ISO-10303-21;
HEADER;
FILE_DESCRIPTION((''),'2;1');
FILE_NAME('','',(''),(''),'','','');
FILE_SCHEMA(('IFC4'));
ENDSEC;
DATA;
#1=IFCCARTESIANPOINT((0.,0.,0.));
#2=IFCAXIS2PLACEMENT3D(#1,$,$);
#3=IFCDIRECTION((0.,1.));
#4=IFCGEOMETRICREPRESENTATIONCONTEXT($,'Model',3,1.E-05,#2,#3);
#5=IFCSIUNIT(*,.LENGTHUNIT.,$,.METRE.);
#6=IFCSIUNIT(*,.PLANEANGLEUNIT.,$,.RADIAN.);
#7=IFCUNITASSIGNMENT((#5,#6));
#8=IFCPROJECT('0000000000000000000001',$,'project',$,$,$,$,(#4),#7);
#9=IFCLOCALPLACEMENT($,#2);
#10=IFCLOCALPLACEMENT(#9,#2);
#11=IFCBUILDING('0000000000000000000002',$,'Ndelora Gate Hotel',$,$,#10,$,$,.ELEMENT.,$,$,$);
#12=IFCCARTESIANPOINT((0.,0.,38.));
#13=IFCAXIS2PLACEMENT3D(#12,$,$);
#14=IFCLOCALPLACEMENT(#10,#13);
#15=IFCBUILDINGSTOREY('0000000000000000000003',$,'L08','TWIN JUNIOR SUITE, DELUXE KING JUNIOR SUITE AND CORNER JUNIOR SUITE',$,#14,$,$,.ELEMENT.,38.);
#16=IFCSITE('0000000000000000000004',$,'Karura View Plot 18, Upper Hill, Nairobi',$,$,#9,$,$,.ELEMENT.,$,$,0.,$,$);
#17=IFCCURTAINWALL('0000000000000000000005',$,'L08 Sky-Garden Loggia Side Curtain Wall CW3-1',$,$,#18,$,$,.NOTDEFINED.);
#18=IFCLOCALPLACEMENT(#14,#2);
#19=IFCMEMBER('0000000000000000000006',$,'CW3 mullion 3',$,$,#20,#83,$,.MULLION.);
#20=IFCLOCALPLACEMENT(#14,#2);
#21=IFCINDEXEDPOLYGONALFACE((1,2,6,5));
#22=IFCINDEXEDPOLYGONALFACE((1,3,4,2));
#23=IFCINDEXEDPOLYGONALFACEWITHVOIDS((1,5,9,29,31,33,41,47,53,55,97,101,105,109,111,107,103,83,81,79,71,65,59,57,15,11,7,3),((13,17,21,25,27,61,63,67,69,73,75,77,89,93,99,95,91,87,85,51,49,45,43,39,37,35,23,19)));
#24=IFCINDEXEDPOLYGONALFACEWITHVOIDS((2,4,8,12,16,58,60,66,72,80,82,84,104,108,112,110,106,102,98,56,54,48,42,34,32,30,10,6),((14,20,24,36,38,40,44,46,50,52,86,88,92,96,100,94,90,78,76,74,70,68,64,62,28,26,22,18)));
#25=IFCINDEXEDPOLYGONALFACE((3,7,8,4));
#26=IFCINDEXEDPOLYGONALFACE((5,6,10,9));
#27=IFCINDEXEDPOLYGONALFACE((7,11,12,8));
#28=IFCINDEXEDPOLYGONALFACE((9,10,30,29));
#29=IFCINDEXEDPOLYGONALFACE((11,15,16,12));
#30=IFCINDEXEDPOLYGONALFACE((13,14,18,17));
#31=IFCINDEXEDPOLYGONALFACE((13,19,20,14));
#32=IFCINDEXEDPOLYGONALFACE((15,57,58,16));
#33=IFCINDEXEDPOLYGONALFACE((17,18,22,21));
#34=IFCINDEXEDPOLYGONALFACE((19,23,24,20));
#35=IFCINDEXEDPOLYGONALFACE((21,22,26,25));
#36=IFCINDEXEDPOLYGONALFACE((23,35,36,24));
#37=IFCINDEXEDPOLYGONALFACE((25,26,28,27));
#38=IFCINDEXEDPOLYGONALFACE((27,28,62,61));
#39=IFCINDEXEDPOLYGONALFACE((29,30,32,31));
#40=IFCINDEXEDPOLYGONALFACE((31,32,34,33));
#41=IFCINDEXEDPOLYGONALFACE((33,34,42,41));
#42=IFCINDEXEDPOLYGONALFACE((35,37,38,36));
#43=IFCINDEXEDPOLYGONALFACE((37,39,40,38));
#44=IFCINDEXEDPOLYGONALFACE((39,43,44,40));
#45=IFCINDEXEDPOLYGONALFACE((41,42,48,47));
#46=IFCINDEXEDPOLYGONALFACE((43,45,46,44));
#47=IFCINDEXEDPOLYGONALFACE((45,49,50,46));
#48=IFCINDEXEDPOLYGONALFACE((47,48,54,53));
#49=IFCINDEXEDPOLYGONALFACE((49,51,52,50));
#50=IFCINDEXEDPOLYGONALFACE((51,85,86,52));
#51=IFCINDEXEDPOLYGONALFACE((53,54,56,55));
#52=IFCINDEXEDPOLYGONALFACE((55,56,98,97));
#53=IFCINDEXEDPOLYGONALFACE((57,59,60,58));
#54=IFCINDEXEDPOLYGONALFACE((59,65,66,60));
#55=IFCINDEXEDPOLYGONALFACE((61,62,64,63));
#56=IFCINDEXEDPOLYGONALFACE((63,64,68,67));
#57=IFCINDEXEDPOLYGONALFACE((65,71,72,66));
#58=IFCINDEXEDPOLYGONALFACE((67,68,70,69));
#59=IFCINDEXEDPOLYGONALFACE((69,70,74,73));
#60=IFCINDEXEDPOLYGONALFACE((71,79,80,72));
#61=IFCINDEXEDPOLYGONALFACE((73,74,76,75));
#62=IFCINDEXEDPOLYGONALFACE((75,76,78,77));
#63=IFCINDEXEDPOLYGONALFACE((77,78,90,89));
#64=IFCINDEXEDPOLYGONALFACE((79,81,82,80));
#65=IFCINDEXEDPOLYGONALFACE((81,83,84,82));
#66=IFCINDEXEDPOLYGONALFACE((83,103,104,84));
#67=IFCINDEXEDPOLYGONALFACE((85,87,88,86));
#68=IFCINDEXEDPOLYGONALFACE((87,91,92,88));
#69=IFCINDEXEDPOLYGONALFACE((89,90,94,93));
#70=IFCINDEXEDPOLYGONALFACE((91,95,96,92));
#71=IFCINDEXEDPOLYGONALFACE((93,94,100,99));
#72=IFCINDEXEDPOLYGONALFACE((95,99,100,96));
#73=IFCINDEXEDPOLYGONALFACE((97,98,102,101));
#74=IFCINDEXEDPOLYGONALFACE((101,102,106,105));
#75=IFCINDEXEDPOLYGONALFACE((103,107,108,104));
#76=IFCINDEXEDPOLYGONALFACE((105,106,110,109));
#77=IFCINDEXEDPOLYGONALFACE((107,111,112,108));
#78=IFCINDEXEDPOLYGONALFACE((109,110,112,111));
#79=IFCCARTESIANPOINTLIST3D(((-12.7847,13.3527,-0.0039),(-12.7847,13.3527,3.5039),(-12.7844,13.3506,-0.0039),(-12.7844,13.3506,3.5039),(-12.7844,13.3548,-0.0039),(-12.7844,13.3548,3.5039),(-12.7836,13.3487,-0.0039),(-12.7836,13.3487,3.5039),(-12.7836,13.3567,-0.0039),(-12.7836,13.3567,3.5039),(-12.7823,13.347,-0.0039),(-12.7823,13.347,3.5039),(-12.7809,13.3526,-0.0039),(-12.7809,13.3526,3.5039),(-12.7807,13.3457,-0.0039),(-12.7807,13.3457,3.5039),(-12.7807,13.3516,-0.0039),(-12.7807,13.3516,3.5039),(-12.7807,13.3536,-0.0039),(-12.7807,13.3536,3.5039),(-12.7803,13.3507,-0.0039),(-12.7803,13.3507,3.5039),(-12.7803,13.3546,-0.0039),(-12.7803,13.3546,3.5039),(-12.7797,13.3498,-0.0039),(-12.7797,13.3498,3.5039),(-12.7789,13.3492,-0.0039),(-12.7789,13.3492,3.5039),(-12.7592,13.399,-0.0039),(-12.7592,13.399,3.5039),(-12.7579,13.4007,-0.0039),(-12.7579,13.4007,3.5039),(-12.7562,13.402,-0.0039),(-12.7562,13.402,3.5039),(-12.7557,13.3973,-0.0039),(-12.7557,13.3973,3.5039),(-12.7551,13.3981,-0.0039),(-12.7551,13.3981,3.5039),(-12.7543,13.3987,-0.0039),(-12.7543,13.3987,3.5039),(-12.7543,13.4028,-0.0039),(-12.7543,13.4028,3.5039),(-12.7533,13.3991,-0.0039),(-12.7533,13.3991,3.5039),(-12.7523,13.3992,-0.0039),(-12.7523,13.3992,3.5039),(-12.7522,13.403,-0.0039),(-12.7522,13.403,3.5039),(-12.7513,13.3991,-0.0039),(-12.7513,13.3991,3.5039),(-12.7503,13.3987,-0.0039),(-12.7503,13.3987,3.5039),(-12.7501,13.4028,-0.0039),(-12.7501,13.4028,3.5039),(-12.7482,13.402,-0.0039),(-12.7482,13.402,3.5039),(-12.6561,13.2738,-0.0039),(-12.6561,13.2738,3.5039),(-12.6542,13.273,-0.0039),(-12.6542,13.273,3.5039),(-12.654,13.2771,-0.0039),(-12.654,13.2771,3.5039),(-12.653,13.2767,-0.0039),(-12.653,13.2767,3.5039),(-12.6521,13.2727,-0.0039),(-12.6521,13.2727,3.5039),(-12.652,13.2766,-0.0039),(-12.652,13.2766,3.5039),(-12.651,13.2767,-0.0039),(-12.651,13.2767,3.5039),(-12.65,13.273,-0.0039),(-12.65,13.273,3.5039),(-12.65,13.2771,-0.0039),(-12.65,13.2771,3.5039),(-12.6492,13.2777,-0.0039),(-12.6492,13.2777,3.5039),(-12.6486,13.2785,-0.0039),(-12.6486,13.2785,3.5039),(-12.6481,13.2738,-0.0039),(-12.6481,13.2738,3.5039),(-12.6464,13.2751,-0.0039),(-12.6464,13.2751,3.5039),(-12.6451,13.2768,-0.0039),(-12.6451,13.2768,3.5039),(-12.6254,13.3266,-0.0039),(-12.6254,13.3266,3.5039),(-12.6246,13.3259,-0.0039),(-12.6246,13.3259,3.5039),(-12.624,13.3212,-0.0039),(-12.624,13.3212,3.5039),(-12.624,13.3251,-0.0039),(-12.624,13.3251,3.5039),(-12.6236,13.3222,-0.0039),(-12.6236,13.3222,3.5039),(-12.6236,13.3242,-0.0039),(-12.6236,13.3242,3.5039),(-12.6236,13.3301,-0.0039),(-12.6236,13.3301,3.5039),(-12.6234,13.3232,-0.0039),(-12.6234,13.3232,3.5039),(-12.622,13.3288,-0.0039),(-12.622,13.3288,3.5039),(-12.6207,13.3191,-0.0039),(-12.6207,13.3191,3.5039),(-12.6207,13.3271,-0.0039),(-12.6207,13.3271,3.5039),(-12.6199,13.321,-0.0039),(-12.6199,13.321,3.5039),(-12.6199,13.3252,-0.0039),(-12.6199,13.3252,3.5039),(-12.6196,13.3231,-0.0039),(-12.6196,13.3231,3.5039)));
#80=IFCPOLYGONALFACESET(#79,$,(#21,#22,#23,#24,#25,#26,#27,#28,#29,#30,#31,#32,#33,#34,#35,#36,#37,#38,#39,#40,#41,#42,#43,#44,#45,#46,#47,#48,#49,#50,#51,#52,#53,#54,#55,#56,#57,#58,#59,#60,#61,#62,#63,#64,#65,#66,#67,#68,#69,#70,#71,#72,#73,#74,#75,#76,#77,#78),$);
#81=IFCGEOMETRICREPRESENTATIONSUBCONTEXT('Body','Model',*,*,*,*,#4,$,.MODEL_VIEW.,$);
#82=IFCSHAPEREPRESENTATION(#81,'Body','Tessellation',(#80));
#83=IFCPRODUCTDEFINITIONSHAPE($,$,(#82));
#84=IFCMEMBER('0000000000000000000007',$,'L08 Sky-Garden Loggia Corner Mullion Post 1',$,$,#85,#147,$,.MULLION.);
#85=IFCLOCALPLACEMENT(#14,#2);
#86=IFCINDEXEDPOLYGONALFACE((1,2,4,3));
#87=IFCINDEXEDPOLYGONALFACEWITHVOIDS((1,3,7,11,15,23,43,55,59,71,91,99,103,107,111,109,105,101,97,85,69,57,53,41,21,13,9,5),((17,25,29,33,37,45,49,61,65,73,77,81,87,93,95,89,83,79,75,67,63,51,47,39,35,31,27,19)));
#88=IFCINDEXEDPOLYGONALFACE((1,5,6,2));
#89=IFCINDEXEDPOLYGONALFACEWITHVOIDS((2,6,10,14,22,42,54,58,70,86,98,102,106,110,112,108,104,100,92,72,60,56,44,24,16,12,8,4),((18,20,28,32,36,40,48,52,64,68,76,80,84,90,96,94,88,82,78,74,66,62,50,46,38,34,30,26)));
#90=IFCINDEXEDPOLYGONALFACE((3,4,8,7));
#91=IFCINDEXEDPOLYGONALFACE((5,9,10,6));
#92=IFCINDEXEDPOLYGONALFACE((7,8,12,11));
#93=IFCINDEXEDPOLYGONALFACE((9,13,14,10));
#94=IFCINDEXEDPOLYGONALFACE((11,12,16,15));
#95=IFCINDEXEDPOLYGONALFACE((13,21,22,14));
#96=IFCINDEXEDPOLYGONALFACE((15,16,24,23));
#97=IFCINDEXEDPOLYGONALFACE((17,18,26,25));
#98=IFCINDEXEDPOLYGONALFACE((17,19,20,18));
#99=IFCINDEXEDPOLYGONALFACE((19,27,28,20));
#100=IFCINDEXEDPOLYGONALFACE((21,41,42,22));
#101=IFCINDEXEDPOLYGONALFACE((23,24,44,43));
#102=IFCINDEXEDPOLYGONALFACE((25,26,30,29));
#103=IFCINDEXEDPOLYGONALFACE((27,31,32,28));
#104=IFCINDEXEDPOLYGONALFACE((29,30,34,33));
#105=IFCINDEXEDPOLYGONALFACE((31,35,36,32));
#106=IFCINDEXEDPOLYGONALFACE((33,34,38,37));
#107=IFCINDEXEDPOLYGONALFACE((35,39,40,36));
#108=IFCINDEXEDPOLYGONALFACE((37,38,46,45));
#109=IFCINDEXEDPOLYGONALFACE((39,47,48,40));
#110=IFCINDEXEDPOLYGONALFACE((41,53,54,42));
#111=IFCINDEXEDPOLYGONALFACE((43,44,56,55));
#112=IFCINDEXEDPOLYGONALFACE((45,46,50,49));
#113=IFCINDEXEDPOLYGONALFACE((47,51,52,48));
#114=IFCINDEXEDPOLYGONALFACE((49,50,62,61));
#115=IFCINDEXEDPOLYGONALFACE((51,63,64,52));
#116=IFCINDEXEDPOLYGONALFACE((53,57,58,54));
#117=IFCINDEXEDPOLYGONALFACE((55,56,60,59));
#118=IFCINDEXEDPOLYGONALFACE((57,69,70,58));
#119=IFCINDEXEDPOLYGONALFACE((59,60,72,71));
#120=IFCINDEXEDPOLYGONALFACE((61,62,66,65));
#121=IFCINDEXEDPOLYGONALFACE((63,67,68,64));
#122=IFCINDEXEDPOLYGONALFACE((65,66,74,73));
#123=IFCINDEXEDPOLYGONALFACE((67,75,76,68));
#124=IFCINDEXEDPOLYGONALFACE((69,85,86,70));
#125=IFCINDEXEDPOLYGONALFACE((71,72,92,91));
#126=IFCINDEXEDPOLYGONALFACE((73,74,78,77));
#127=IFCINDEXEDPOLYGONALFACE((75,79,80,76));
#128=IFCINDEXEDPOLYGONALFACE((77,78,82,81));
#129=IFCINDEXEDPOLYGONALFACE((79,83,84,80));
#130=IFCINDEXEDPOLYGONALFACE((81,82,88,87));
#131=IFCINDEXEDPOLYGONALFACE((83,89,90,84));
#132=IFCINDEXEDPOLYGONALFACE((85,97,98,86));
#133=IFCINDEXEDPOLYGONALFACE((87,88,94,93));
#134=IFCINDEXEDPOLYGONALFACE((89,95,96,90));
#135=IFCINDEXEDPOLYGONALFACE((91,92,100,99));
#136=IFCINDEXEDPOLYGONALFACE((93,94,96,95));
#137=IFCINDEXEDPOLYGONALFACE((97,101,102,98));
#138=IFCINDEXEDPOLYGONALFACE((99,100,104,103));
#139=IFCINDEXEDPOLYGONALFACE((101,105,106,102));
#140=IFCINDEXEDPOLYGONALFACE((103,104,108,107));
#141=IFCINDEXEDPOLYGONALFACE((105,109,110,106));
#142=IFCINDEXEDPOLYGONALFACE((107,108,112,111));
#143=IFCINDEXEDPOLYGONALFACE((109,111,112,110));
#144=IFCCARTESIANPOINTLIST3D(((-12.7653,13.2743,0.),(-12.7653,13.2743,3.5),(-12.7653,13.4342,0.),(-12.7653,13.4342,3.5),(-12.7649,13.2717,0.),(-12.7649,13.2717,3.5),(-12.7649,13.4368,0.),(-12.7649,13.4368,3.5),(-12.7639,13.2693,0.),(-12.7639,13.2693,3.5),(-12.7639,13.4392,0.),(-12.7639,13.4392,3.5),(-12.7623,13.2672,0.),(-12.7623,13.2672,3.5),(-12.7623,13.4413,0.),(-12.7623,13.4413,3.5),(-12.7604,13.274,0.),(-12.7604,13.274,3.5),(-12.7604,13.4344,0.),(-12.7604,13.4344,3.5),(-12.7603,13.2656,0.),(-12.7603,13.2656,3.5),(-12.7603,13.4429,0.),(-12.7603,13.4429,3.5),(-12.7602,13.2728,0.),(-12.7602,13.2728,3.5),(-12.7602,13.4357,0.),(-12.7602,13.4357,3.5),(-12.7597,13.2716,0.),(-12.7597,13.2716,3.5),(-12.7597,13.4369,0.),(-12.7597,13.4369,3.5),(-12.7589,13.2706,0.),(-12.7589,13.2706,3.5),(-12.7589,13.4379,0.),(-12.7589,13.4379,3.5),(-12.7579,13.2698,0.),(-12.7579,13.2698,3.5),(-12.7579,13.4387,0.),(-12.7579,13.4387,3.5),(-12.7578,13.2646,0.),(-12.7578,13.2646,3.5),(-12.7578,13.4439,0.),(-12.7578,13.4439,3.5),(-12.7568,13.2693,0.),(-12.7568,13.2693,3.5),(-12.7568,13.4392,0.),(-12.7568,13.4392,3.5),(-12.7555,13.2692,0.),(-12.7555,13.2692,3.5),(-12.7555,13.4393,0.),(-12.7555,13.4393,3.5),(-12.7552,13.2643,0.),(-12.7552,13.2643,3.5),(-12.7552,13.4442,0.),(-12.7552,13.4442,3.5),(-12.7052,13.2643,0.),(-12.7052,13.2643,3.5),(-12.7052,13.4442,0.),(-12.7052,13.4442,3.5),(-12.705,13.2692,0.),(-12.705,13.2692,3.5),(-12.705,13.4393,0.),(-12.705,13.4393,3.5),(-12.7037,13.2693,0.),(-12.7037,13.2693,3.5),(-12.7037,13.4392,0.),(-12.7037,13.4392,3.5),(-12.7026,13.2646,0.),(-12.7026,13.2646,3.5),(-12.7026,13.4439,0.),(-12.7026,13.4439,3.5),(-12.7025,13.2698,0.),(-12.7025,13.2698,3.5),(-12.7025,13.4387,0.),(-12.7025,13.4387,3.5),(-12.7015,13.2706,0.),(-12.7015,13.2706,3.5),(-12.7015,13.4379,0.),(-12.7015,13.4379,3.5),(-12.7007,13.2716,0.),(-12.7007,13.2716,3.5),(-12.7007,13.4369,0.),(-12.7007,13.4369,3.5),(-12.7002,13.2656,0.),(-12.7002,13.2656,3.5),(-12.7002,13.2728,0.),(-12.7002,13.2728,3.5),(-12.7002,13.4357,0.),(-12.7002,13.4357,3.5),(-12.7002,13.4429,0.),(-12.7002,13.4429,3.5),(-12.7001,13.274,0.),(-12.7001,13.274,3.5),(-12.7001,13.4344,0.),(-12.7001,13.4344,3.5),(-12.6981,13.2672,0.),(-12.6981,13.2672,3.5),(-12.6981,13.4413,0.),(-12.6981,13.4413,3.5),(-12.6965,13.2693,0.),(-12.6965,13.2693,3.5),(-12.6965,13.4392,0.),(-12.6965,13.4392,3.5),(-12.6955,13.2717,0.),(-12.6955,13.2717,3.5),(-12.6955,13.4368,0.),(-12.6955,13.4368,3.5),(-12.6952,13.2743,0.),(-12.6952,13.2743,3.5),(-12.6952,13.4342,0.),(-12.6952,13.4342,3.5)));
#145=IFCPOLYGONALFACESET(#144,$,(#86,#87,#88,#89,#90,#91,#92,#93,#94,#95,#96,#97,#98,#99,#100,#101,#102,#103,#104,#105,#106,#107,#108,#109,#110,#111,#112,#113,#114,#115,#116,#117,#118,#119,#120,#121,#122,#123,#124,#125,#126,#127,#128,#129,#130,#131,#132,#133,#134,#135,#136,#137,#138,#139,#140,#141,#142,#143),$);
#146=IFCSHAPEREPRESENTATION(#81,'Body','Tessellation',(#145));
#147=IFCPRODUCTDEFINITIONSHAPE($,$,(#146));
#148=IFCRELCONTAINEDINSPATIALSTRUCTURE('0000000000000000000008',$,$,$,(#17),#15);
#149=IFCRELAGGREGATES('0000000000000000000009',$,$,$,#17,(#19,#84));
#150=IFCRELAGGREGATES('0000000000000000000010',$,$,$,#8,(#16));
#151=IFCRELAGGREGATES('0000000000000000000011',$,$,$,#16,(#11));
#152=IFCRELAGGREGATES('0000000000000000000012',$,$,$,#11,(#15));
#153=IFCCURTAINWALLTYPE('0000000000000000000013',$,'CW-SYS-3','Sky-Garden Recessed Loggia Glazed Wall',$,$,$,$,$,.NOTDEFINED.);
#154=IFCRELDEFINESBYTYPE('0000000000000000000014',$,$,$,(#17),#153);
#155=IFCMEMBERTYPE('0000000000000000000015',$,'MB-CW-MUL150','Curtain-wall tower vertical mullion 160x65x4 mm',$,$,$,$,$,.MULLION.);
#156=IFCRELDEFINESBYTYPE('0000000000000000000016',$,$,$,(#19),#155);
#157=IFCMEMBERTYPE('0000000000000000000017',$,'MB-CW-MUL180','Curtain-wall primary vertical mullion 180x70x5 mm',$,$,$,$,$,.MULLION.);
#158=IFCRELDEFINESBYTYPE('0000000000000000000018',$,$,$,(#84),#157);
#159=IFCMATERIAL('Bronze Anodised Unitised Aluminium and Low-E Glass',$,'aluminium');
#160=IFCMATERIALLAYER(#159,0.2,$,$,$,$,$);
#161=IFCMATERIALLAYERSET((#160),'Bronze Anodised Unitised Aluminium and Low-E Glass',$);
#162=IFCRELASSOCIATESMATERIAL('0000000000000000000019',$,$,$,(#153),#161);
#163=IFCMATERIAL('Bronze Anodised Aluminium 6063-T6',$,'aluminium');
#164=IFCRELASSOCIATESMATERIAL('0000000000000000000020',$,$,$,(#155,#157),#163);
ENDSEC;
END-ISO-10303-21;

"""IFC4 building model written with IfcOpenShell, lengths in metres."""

from ifc_helpers import new_model, si_unit, direction, frame, origin, origin_2d, place, context, subcontext, project, spatial, hollow_rectangle, extrude, material, layer, layer_set, material_profile, profile_set, type_object, element, aggregate, save


model = new_model("IFC4")

# Units and contexts
model_context = context("Model", 3, precision=1e-05, world=origin(), true_north=direction((0.0, 1.0)))
body_context = subcontext(model_context, "Body", "Model", "MODEL_VIEW")
ifc_project = project(units=[si_unit("LENGTHUNIT", "METRE"), si_unit("PLANEANGLEUNIT", "RADIAN")], contexts=[model_context])

# Site, building, storey
site_placement = place(None, origin())
site = spatial("IfcSite", under=ifc_project, at=site_placement, Name="Karura View Plot 18, Upper Hill, Nairobi", CompositionType="ELEMENT", RefElevation=0.0)
building_placement = place(site_placement, origin())
building = spatial("IfcBuilding", under=site, at=building_placement, Name="Ndelora Gate Hotel", CompositionType="ELEMENT")
storey_placement = place(building_placement, frame((0.0, 0.0, 38.0)))
storey = spatial("IfcBuildingStorey", under=building, at=storey_placement, Name="L08", Description="TWIN JUNIOR SUITE, DELUXE KING JUNIOR SUITE AND CORNER JUNIOR SUITE", CompositionType="ELEMENT", Elevation=38.0)

# Curtain wall, members
ifc_material_1 = material(Name="Bronze Anodised Unitised Aluminium and Low-E Glass", Category="aluminium")
ifc_layer_1 = layer(ifc_material_1, 0.2)
ifc_layer_set_1 = layer_set([ifc_layer_1], Name="Bronze Anodised Unitised Aluminium and Low-E Glass")
curtain_wall_type = type_object("IfcCurtainWallType", Name="CW-SYS-3", Description="Sky-Garden Recessed Loggia Glazed Wall", PredefinedType="NOTDEFINED", material=ifc_layer_set_1)
curtain_wall_placement = place(storey_placement, origin())
curtain_wall = element("IfcCurtainWall", 1, at=curtain_wall_placement, inside=storey, type_object=curtain_wall_type, Name="L08 Sky-Garden Loggia Side Curtain Wall CW3-1", PredefinedType="NOTDEFINED")
ifc_material_2 = material(Name="Bronze Anodised Aluminium 6063-T6", Category="aluminium")
ifc_material_profile_1 = material_profile(ifc_material_2, hollow_rectangle(XDim=0.0649, YDim=0.1599, WallThickness=0.0039, InnerFilletRadius=0.0039, OuterFilletRadius=0.0081, at=origin_2d()), Name="ALU 160x65x4")
ifc_profile_set_1 = profile_set([ifc_material_profile_1], Name="Bronze Anodised Aluminium 6063-T6")
member_type_1 = type_object("IfcMemberType", Name="MB-CW-MUL150", Description="Curtain-wall tower vertical mullion 160x65x4 mm", PredefinedType="MULLION", material=ifc_profile_set_1)
member_1_placement = place(storey_placement, frame((-12.7021, 13.3379, -0.0039), z_axis=(0.0, 0.0, 1.0), x_axis=(-0.499991, -0.86603, 0.0)))
member_1 = element("IfcMember", 2, at=member_1_placement, type_object=member_type_1, Name="CW3 mullion 3", PredefinedType="MULLION", context=body_context, shape_type="SweptSolid", body=[
    extrude(hollow_rectangle(XDim=0.0649, YDim=0.1599, WallThickness=0.0039, InnerFilletRadius=0.0039, OuterFilletRadius=0.0081, at=origin_2d()), origin(), (0.0, 0.0, 1.0), 3.5078),
])
ifc_material_profile_2 = material_profile(ifc_material_2, hollow_rectangle(XDim=0.0701, YDim=0.1799, WallThickness=0.0049, InnerFilletRadius=0.0049, OuterFilletRadius=0.01, at=origin_2d()), Name="ALU 180x70x5")
ifc_profile_set_2 = profile_set([ifc_material_profile_2], Name="Bronze Anodised Aluminium 6063-T6")
member_type_2 = type_object("IfcMemberType", Name="MB-CW-MUL180", Description="Curtain-wall primary vertical mullion 180x70x5 mm", PredefinedType="MULLION", material=ifc_profile_set_2)
member_2_placement = place(storey_placement, frame((-12.7302, 13.3542, 0.0), z_axis=(0.0, 0.0, 1.0), x_axis=(1.0, 0.0, 0.0)))
member_2 = element("IfcMember", 3, at=member_2_placement, type_object=member_type_2, Name="L08 Sky-Garden Loggia Corner Mullion Post 1", PredefinedType="MULLION", context=body_context, shape_type="SweptSolid", body=[
    extrude(hollow_rectangle(XDim=0.0701, YDim=0.1799, WallThickness=0.0049, InnerFilletRadius=0.0049, OuterFilletRadius=0.01, at=origin_2d()), origin(), (0.0, 0.0, 1.0), 3.5),
])
aggregate(curtain_wall, [member_1, member_2])

save(model, "model.ifc")
